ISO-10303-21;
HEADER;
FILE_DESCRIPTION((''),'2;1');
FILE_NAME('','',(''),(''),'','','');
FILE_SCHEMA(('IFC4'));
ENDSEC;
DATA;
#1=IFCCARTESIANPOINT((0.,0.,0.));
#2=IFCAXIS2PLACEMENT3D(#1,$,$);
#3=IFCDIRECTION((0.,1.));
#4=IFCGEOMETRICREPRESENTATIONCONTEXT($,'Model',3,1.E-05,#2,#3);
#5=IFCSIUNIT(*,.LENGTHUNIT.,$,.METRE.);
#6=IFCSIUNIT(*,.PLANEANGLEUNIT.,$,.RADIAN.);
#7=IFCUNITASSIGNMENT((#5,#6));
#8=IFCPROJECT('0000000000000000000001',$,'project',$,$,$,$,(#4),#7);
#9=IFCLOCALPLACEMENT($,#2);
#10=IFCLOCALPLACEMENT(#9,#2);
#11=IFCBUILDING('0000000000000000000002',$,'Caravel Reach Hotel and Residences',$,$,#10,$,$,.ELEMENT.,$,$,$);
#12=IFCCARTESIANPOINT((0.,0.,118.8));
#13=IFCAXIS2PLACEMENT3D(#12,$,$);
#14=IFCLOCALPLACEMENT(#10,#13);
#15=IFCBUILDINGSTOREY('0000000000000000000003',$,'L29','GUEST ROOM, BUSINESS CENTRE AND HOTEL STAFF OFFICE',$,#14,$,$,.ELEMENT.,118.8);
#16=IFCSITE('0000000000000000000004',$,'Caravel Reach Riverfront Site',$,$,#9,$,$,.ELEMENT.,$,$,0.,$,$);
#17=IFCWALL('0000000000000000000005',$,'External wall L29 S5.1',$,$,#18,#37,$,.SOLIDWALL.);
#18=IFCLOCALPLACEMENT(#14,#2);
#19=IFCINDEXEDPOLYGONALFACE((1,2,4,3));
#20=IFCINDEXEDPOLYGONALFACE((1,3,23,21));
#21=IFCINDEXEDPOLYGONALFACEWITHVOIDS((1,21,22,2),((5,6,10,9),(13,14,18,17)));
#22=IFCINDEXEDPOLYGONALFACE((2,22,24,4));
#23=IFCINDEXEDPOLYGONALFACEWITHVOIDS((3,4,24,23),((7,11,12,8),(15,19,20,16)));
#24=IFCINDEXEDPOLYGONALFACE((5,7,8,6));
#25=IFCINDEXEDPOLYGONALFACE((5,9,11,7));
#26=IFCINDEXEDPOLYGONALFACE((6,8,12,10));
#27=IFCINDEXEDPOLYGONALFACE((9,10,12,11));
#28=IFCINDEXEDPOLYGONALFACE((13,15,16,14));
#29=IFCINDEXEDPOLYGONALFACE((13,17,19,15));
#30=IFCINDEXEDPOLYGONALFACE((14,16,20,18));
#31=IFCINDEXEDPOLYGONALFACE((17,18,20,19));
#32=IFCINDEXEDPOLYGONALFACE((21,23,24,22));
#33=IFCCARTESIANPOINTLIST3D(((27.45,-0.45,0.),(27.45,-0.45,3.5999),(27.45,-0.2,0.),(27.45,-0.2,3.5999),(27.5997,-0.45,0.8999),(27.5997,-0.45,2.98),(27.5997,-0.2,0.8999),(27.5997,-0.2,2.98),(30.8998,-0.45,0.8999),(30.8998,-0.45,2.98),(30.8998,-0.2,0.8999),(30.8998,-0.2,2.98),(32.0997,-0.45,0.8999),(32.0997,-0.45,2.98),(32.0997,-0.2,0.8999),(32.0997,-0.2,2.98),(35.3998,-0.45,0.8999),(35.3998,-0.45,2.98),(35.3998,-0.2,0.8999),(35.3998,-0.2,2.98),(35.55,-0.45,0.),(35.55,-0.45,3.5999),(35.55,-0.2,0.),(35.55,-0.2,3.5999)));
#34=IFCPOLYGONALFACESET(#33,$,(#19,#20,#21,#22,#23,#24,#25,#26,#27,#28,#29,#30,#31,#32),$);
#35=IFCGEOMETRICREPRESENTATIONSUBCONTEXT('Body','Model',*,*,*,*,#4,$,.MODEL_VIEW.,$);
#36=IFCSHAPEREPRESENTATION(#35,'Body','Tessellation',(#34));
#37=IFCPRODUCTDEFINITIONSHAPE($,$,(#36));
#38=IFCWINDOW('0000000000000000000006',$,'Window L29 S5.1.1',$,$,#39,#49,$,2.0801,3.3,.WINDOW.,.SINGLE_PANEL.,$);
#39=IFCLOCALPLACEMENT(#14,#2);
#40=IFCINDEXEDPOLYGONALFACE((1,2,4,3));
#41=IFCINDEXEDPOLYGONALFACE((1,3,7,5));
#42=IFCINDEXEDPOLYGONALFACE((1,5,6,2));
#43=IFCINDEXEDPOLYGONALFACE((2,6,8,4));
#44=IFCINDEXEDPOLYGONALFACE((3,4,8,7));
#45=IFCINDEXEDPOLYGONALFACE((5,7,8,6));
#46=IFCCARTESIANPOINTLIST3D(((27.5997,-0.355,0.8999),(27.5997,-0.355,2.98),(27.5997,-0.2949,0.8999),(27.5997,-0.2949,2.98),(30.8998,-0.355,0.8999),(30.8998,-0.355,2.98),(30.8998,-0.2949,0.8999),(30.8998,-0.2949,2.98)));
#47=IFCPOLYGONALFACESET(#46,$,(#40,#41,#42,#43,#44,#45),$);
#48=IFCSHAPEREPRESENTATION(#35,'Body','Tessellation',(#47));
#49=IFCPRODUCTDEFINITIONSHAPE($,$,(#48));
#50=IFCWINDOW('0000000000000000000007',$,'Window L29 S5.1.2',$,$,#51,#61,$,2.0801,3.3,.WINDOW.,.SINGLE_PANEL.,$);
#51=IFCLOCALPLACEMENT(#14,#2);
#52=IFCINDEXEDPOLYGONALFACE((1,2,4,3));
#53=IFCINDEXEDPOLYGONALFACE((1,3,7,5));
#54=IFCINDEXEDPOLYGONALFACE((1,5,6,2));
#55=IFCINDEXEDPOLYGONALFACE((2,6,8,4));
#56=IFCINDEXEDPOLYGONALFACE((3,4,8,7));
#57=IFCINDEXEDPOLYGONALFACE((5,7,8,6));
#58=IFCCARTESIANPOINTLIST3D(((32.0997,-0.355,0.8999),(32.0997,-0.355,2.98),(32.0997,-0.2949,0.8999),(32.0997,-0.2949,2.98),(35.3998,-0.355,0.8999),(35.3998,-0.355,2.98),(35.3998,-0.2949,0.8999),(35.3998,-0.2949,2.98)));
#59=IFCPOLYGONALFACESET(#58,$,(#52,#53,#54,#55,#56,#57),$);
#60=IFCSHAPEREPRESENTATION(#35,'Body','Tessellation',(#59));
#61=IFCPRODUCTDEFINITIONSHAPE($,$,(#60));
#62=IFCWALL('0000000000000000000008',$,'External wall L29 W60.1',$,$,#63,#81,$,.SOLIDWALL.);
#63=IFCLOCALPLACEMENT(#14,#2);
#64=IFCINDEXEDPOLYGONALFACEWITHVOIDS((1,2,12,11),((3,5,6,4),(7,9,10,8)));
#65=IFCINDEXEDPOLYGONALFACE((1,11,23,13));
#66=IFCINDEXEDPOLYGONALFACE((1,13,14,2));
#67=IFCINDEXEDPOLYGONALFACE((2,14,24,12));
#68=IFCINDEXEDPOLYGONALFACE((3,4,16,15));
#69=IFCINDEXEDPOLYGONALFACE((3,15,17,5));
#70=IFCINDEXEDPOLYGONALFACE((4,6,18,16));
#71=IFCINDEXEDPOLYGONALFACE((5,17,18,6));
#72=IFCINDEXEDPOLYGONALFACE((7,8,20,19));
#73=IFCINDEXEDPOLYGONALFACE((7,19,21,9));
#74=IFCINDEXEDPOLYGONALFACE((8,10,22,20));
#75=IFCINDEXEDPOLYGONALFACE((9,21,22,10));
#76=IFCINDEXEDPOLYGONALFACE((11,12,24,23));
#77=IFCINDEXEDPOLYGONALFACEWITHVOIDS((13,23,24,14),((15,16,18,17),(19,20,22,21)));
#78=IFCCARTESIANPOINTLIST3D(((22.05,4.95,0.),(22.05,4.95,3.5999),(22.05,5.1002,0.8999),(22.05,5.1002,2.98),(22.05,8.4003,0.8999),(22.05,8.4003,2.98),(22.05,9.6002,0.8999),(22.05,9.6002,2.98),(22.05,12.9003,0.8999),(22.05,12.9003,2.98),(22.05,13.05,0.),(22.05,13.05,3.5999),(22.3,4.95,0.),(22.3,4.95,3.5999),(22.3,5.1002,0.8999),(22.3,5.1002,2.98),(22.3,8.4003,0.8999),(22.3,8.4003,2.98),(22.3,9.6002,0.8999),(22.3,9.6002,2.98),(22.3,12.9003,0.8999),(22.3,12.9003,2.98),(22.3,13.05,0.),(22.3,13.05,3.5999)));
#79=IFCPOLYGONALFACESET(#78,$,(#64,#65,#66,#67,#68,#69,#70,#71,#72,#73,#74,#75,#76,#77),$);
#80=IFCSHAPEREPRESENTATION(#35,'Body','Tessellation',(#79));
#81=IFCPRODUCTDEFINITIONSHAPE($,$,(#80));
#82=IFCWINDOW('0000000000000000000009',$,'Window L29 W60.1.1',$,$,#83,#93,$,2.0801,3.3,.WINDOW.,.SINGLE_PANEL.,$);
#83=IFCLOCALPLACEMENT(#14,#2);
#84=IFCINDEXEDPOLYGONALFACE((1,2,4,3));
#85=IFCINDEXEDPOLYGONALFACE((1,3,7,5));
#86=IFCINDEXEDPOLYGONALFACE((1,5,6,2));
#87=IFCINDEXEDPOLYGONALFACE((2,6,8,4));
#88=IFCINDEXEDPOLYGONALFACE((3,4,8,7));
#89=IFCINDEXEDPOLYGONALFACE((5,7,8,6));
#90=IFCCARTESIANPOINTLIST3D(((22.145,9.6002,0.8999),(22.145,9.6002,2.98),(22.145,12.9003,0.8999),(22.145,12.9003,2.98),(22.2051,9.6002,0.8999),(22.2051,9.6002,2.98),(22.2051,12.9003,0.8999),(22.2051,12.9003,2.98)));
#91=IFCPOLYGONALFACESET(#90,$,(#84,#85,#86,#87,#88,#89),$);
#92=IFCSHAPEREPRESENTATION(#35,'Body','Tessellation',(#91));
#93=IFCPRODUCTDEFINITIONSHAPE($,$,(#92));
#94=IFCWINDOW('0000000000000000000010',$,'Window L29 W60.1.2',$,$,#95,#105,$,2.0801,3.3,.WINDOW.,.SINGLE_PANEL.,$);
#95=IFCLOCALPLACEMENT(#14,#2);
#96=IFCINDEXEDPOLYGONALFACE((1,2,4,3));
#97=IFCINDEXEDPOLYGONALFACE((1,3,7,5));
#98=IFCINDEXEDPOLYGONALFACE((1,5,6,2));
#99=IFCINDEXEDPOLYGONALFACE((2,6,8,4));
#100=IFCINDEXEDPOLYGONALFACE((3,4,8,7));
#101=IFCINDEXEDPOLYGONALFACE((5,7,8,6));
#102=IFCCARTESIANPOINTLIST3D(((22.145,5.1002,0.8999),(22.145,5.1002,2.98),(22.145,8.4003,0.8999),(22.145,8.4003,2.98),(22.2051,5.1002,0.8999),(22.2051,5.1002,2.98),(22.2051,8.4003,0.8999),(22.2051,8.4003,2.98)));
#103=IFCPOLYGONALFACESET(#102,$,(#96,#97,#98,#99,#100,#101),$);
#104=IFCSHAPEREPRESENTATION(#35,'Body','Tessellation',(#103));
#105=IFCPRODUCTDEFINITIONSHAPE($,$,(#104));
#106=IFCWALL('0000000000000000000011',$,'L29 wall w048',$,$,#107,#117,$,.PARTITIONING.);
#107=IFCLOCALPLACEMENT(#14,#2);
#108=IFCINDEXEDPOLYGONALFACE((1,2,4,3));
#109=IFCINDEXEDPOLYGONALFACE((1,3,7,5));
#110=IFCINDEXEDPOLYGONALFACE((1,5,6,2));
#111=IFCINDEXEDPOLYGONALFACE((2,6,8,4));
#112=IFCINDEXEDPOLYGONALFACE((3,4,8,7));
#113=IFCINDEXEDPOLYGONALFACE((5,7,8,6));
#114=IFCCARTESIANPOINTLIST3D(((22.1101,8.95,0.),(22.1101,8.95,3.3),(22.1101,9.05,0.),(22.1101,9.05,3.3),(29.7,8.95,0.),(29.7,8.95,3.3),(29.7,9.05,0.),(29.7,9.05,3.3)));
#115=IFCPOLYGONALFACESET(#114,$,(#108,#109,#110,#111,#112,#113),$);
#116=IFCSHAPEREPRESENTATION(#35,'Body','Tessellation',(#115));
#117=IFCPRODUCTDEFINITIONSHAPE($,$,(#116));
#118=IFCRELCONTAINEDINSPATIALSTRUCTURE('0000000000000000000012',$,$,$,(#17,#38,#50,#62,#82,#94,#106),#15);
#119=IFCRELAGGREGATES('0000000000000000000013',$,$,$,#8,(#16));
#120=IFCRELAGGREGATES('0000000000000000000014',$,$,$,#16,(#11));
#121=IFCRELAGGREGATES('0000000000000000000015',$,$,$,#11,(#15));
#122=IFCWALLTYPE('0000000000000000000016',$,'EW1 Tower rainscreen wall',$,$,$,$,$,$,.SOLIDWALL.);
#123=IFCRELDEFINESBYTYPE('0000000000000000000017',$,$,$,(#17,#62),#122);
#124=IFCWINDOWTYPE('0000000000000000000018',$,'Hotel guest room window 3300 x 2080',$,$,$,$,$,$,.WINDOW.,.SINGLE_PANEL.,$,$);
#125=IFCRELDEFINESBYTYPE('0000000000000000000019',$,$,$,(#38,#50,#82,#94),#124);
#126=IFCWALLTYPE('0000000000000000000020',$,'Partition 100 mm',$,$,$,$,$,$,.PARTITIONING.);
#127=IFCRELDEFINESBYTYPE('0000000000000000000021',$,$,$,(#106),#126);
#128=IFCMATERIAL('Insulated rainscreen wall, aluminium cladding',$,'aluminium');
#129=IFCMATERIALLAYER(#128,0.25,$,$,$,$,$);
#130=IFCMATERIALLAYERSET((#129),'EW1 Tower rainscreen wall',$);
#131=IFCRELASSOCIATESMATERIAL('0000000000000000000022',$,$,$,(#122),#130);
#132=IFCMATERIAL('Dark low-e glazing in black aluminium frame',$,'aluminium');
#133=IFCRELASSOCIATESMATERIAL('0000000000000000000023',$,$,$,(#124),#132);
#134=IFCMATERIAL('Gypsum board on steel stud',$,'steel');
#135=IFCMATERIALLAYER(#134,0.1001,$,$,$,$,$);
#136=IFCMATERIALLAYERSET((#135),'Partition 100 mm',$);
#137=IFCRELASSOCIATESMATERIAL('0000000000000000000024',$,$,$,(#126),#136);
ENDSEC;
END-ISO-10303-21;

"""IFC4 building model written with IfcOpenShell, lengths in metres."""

from ifc_helpers import new_model, si_unit, direction, frame, frame_2d, origin, place, context, subcontext, project, spatial, rectangle, extrude, material, layer, layer_set, type_object, element, fill, save


model = new_model("IFC4")

# Units and contexts
model_context = context("Model", 3, precision=1e-05, world=origin(), true_north=direction((0.0, 1.0)))
body_context = subcontext(model_context, "Body", "Model", "MODEL_VIEW")
ifc_project = project(units=[si_unit("LENGTHUNIT", "METRE"), si_unit("PLANEANGLEUNIT", "RADIAN")], contexts=[model_context])

# Site, building, storey
site_placement = place(None, origin())
site = spatial("IfcSite", under=ifc_project, at=site_placement, Name="Caravel Reach Riverfront Site", CompositionType="ELEMENT", RefElevation=0.0)
building_placement = place(site_placement, origin())
building = spatial("IfcBuilding", under=site, at=building_placement, Name="Caravel Reach Hotel and Residences", CompositionType="ELEMENT")
storey_placement = place(building_placement, frame((0.0, 0.0, 118.8)))
storey = spatial("IfcBuildingStorey", under=building, at=storey_placement, Name="L29", Description="GUEST ROOM, BUSINESS CENTRE AND HOTEL STAFF OFFICE", CompositionType="ELEMENT", Elevation=118.8)

# Shared definitions
ifc_material_1 = material(Name="Insulated rainscreen wall, aluminium cladding", Category="aluminium")
ifc_layer_1 = layer(ifc_material_1, 0.25)
ifc_layer_set_1 = layer_set([ifc_layer_1], Name="EW1 Tower rainscreen wall")
wall_type_1 = type_object("IfcWallType", Name="EW1 Tower rainscreen wall", PredefinedType="SOLIDWALL", material=ifc_layer_set_1)

# Walls, openings, windows
wall_1_placement = place(storey_placement, frame((27.45, -0.325, 0.0), z_axis=(0.0, 0.0, 1.0), x_axis=(1.0, 0.0, 0.0)))
wall_1 = element("IfcWall", 1, at=wall_1_placement, inside=storey, type_object=wall_type_1, Name="External wall L29 S5.1", PredefinedType="SOLIDWALL", context=body_context, shape_type="SweptSolid", body=[
    extrude(rectangle(XDim=8.1001, YDim=0.25, at=frame_2d((4.05, 0.0))), origin(), (0.0, 0.0, 1.0), 3.5999),
])
opening_1_placement = place(wall_1_placement, frame((0.1499, 0.0, 0.8999)))
opening_1 = element("IfcOpeningElement", 2, at=opening_1_placement, cuts=wall_1, PredefinedType="OPENING", context=body_context, shape_type="SweptSolid", body=[
    extrude(rectangle(XDim=3.3, YDim=2.0801, at=frame_2d((1.6499, 1.04))), frame((0.0, 0.135, 0.0), z_axis=(0.0, -1.0, 0.0), x_axis=(1.0, 0.0, 0.0)), (0.0, 0.0, 1.0), 0.27),
])
opening_2_placement = place(wall_1_placement, frame((4.6499, 0.0, 0.8999)))
opening_2 = element("IfcOpeningElement", 3, at=opening_2_placement, cuts=wall_1, PredefinedType="OPENING", context=body_context, shape_type="SweptSolid", body=[
    extrude(rectangle(XDim=3.3, YDim=2.0801, at=frame_2d((1.6499, 1.04))), frame((0.0, 0.135, 0.0), z_axis=(0.0, -1.0, 0.0), x_axis=(1.0, 0.0, 0.0)), (0.0, 0.0, 1.0), 0.27),
])
ifc_material_2 = material(Name="Dark low-e glazing in black aluminium frame", Category="aluminium")
window_type_1 = type_object("IfcWindowType", Name="Hotel guest room window 3300 x 2080", PartitioningType="SINGLE_PANEL", PredefinedType="WINDOW", material=ifc_material_2)
window_1_placement = place(opening_1_placement, origin())
window_1 = element("IfcWindow", 4, at=window_1_placement, inside=storey, type_object=window_type_1, Name="Window L29 S5.1.1", OverallHeight=2.0801, OverallWidth=3.3, PartitioningType="SINGLE_PANEL", PredefinedType="WINDOW", context=body_context, shape_type="SweptSolid", body=[
    extrude(rectangle(XDim=3.3, YDim=2.0801, at=frame_2d((1.6499, 1.04))), frame((0.0, 0.03, 0.0), z_axis=(0.0, -1.0, 0.0), x_axis=(1.0, 0.0, 0.0)), (0.0, 0.0, 1.0), 0.0601),
])
fill(opening_1, window_1)
window_2_placement = place(opening_2_placement, origin())
window_2 = element("IfcWindow", 5, at=window_2_placement, inside=storey, type_object=window_type_1, Name="Window L29 S5.1.2", OverallHeight=2.0801, OverallWidth=3.3, PartitioningType="SINGLE_PANEL", PredefinedType="WINDOW", context=body_context, shape_type="SweptSolid", body=[
    extrude(rectangle(XDim=3.3, YDim=2.0801, at=frame_2d((1.6499, 1.04))), frame((0.0, 0.03, 0.0), z_axis=(0.0, -1.0, 0.0), x_axis=(1.0, 0.0, 0.0)), (0.0, 0.0, 1.0), 0.0601),
])
fill(opening_2, window_2)
wall_2_placement = place(storey_placement, frame((22.175, 13.05, 0.0), z_axis=(0.0, 0.0, 1.0), x_axis=(0.0, -1.0, 0.0)))
wall_2 = element("IfcWall", 6, at=wall_2_placement, inside=storey, type_object=wall_type_1, Name="External wall L29 W60.1", PredefinedType="SOLIDWALL", context=body_context, shape_type="SweptSolid", body=[
    extrude(rectangle(XDim=8.1001, YDim=0.25, at=frame_2d((4.05, 0.0))), origin(), (0.0, 0.0, 1.0), 3.5999),
])
opening_3_placement = place(wall_2_placement, frame((0.1499, 0.0, 0.8999)))
opening_3 = element("IfcOpeningElement", 7, at=opening_3_placement, cuts=wall_2, PredefinedType="OPENING", context=body_context, shape_type="SweptSolid", body=[
    extrude(rectangle(XDim=3.3, YDim=2.0801, at=frame_2d((1.6499, 1.04))), frame((0.0, 0.135, 0.0), z_axis=(0.0, -1.0, 0.0), x_axis=(1.0, 0.0, 0.0)), (0.0, 0.0, 1.0), 0.27),
])
opening_4_placement = place(wall_2_placement, frame((4.6499, 0.0, 0.8999)))
opening_4 = element("IfcOpeningElement", 8, at=opening_4_placement, cuts=wall_2, PredefinedType="OPENING", context=body_context, shape_type="SweptSolid", body=[
    extrude(rectangle(XDim=3.3, YDim=2.0801, at=frame_2d((1.6499, 1.04))), frame((0.0, 0.135, 0.0), z_axis=(0.0, -1.0, 0.0), x_axis=(1.0, 0.0, 0.0)), (0.0, 0.0, 1.0), 0.27),
])
window_3_placement = place(opening_3_placement, origin())
window_3 = element("IfcWindow", 9, at=window_3_placement, inside=storey, type_object=window_type_1, Name="Window L29 W60.1.1", OverallHeight=2.0801, OverallWidth=3.3, PartitioningType="SINGLE_PANEL", PredefinedType="WINDOW", context=body_context, shape_type="SweptSolid", body=[
    extrude(rectangle(XDim=3.3, YDim=2.0801, at=frame_2d((1.6499, 1.04))), frame((0.0, 0.03, 0.0), z_axis=(0.0, -1.0, 0.0), x_axis=(1.0, 0.0, 0.0)), (0.0, 0.0, 1.0), 0.0601),
])
fill(opening_3, window_3)
window_4_placement = place(opening_4_placement, origin())
window_4 = element("IfcWindow", 10, at=window_4_placement, inside=storey, type_object=window_type_1, Name="Window L29 W60.1.2", OverallHeight=2.0801, OverallWidth=3.3, PartitioningType="SINGLE_PANEL", PredefinedType="WINDOW", context=body_context, shape_type="SweptSolid", body=[
    extrude(rectangle(XDim=3.3, YDim=2.0801, at=frame_2d((1.6499, 1.04))), frame((0.0, 0.03, 0.0), z_axis=(0.0, -1.0, 0.0), x_axis=(1.0, 0.0, 0.0)), (0.0, 0.0, 1.0), 0.0601),
])
fill(opening_4, window_4)

# Wall
ifc_material_3 = material(Name="Gypsum board on steel stud", Category="steel")
ifc_layer_2 = layer(ifc_material_3, 0.1001)
ifc_layer_set_2 = layer_set([ifc_layer_2], Name="Partition 100 mm")
wall_type_2 = type_object("IfcWallType", Name="Partition 100 mm", PredefinedType="PARTITIONING", material=ifc_layer_set_2)
wall_3_placement = place(storey_placement, frame((22.1101, 9.0, 0.0), z_axis=(0.0, 0.0, 1.0), x_axis=(1.0, 0.0, 0.0)))
element("IfcWall", 11, at=wall_3_placement, inside=storey, type_object=wall_type_2, Name="L29 wall w048", PredefinedType="PARTITIONING", context=body_context, shape_type="SweptSolid", body=[
    extrude(rectangle(XDim=7.5898, YDim=0.1001, at=frame_2d((3.7949, 0.0))), origin(), (0.0, 0.0, 1.0), 3.3),
])

save(model, "model.ifc")
